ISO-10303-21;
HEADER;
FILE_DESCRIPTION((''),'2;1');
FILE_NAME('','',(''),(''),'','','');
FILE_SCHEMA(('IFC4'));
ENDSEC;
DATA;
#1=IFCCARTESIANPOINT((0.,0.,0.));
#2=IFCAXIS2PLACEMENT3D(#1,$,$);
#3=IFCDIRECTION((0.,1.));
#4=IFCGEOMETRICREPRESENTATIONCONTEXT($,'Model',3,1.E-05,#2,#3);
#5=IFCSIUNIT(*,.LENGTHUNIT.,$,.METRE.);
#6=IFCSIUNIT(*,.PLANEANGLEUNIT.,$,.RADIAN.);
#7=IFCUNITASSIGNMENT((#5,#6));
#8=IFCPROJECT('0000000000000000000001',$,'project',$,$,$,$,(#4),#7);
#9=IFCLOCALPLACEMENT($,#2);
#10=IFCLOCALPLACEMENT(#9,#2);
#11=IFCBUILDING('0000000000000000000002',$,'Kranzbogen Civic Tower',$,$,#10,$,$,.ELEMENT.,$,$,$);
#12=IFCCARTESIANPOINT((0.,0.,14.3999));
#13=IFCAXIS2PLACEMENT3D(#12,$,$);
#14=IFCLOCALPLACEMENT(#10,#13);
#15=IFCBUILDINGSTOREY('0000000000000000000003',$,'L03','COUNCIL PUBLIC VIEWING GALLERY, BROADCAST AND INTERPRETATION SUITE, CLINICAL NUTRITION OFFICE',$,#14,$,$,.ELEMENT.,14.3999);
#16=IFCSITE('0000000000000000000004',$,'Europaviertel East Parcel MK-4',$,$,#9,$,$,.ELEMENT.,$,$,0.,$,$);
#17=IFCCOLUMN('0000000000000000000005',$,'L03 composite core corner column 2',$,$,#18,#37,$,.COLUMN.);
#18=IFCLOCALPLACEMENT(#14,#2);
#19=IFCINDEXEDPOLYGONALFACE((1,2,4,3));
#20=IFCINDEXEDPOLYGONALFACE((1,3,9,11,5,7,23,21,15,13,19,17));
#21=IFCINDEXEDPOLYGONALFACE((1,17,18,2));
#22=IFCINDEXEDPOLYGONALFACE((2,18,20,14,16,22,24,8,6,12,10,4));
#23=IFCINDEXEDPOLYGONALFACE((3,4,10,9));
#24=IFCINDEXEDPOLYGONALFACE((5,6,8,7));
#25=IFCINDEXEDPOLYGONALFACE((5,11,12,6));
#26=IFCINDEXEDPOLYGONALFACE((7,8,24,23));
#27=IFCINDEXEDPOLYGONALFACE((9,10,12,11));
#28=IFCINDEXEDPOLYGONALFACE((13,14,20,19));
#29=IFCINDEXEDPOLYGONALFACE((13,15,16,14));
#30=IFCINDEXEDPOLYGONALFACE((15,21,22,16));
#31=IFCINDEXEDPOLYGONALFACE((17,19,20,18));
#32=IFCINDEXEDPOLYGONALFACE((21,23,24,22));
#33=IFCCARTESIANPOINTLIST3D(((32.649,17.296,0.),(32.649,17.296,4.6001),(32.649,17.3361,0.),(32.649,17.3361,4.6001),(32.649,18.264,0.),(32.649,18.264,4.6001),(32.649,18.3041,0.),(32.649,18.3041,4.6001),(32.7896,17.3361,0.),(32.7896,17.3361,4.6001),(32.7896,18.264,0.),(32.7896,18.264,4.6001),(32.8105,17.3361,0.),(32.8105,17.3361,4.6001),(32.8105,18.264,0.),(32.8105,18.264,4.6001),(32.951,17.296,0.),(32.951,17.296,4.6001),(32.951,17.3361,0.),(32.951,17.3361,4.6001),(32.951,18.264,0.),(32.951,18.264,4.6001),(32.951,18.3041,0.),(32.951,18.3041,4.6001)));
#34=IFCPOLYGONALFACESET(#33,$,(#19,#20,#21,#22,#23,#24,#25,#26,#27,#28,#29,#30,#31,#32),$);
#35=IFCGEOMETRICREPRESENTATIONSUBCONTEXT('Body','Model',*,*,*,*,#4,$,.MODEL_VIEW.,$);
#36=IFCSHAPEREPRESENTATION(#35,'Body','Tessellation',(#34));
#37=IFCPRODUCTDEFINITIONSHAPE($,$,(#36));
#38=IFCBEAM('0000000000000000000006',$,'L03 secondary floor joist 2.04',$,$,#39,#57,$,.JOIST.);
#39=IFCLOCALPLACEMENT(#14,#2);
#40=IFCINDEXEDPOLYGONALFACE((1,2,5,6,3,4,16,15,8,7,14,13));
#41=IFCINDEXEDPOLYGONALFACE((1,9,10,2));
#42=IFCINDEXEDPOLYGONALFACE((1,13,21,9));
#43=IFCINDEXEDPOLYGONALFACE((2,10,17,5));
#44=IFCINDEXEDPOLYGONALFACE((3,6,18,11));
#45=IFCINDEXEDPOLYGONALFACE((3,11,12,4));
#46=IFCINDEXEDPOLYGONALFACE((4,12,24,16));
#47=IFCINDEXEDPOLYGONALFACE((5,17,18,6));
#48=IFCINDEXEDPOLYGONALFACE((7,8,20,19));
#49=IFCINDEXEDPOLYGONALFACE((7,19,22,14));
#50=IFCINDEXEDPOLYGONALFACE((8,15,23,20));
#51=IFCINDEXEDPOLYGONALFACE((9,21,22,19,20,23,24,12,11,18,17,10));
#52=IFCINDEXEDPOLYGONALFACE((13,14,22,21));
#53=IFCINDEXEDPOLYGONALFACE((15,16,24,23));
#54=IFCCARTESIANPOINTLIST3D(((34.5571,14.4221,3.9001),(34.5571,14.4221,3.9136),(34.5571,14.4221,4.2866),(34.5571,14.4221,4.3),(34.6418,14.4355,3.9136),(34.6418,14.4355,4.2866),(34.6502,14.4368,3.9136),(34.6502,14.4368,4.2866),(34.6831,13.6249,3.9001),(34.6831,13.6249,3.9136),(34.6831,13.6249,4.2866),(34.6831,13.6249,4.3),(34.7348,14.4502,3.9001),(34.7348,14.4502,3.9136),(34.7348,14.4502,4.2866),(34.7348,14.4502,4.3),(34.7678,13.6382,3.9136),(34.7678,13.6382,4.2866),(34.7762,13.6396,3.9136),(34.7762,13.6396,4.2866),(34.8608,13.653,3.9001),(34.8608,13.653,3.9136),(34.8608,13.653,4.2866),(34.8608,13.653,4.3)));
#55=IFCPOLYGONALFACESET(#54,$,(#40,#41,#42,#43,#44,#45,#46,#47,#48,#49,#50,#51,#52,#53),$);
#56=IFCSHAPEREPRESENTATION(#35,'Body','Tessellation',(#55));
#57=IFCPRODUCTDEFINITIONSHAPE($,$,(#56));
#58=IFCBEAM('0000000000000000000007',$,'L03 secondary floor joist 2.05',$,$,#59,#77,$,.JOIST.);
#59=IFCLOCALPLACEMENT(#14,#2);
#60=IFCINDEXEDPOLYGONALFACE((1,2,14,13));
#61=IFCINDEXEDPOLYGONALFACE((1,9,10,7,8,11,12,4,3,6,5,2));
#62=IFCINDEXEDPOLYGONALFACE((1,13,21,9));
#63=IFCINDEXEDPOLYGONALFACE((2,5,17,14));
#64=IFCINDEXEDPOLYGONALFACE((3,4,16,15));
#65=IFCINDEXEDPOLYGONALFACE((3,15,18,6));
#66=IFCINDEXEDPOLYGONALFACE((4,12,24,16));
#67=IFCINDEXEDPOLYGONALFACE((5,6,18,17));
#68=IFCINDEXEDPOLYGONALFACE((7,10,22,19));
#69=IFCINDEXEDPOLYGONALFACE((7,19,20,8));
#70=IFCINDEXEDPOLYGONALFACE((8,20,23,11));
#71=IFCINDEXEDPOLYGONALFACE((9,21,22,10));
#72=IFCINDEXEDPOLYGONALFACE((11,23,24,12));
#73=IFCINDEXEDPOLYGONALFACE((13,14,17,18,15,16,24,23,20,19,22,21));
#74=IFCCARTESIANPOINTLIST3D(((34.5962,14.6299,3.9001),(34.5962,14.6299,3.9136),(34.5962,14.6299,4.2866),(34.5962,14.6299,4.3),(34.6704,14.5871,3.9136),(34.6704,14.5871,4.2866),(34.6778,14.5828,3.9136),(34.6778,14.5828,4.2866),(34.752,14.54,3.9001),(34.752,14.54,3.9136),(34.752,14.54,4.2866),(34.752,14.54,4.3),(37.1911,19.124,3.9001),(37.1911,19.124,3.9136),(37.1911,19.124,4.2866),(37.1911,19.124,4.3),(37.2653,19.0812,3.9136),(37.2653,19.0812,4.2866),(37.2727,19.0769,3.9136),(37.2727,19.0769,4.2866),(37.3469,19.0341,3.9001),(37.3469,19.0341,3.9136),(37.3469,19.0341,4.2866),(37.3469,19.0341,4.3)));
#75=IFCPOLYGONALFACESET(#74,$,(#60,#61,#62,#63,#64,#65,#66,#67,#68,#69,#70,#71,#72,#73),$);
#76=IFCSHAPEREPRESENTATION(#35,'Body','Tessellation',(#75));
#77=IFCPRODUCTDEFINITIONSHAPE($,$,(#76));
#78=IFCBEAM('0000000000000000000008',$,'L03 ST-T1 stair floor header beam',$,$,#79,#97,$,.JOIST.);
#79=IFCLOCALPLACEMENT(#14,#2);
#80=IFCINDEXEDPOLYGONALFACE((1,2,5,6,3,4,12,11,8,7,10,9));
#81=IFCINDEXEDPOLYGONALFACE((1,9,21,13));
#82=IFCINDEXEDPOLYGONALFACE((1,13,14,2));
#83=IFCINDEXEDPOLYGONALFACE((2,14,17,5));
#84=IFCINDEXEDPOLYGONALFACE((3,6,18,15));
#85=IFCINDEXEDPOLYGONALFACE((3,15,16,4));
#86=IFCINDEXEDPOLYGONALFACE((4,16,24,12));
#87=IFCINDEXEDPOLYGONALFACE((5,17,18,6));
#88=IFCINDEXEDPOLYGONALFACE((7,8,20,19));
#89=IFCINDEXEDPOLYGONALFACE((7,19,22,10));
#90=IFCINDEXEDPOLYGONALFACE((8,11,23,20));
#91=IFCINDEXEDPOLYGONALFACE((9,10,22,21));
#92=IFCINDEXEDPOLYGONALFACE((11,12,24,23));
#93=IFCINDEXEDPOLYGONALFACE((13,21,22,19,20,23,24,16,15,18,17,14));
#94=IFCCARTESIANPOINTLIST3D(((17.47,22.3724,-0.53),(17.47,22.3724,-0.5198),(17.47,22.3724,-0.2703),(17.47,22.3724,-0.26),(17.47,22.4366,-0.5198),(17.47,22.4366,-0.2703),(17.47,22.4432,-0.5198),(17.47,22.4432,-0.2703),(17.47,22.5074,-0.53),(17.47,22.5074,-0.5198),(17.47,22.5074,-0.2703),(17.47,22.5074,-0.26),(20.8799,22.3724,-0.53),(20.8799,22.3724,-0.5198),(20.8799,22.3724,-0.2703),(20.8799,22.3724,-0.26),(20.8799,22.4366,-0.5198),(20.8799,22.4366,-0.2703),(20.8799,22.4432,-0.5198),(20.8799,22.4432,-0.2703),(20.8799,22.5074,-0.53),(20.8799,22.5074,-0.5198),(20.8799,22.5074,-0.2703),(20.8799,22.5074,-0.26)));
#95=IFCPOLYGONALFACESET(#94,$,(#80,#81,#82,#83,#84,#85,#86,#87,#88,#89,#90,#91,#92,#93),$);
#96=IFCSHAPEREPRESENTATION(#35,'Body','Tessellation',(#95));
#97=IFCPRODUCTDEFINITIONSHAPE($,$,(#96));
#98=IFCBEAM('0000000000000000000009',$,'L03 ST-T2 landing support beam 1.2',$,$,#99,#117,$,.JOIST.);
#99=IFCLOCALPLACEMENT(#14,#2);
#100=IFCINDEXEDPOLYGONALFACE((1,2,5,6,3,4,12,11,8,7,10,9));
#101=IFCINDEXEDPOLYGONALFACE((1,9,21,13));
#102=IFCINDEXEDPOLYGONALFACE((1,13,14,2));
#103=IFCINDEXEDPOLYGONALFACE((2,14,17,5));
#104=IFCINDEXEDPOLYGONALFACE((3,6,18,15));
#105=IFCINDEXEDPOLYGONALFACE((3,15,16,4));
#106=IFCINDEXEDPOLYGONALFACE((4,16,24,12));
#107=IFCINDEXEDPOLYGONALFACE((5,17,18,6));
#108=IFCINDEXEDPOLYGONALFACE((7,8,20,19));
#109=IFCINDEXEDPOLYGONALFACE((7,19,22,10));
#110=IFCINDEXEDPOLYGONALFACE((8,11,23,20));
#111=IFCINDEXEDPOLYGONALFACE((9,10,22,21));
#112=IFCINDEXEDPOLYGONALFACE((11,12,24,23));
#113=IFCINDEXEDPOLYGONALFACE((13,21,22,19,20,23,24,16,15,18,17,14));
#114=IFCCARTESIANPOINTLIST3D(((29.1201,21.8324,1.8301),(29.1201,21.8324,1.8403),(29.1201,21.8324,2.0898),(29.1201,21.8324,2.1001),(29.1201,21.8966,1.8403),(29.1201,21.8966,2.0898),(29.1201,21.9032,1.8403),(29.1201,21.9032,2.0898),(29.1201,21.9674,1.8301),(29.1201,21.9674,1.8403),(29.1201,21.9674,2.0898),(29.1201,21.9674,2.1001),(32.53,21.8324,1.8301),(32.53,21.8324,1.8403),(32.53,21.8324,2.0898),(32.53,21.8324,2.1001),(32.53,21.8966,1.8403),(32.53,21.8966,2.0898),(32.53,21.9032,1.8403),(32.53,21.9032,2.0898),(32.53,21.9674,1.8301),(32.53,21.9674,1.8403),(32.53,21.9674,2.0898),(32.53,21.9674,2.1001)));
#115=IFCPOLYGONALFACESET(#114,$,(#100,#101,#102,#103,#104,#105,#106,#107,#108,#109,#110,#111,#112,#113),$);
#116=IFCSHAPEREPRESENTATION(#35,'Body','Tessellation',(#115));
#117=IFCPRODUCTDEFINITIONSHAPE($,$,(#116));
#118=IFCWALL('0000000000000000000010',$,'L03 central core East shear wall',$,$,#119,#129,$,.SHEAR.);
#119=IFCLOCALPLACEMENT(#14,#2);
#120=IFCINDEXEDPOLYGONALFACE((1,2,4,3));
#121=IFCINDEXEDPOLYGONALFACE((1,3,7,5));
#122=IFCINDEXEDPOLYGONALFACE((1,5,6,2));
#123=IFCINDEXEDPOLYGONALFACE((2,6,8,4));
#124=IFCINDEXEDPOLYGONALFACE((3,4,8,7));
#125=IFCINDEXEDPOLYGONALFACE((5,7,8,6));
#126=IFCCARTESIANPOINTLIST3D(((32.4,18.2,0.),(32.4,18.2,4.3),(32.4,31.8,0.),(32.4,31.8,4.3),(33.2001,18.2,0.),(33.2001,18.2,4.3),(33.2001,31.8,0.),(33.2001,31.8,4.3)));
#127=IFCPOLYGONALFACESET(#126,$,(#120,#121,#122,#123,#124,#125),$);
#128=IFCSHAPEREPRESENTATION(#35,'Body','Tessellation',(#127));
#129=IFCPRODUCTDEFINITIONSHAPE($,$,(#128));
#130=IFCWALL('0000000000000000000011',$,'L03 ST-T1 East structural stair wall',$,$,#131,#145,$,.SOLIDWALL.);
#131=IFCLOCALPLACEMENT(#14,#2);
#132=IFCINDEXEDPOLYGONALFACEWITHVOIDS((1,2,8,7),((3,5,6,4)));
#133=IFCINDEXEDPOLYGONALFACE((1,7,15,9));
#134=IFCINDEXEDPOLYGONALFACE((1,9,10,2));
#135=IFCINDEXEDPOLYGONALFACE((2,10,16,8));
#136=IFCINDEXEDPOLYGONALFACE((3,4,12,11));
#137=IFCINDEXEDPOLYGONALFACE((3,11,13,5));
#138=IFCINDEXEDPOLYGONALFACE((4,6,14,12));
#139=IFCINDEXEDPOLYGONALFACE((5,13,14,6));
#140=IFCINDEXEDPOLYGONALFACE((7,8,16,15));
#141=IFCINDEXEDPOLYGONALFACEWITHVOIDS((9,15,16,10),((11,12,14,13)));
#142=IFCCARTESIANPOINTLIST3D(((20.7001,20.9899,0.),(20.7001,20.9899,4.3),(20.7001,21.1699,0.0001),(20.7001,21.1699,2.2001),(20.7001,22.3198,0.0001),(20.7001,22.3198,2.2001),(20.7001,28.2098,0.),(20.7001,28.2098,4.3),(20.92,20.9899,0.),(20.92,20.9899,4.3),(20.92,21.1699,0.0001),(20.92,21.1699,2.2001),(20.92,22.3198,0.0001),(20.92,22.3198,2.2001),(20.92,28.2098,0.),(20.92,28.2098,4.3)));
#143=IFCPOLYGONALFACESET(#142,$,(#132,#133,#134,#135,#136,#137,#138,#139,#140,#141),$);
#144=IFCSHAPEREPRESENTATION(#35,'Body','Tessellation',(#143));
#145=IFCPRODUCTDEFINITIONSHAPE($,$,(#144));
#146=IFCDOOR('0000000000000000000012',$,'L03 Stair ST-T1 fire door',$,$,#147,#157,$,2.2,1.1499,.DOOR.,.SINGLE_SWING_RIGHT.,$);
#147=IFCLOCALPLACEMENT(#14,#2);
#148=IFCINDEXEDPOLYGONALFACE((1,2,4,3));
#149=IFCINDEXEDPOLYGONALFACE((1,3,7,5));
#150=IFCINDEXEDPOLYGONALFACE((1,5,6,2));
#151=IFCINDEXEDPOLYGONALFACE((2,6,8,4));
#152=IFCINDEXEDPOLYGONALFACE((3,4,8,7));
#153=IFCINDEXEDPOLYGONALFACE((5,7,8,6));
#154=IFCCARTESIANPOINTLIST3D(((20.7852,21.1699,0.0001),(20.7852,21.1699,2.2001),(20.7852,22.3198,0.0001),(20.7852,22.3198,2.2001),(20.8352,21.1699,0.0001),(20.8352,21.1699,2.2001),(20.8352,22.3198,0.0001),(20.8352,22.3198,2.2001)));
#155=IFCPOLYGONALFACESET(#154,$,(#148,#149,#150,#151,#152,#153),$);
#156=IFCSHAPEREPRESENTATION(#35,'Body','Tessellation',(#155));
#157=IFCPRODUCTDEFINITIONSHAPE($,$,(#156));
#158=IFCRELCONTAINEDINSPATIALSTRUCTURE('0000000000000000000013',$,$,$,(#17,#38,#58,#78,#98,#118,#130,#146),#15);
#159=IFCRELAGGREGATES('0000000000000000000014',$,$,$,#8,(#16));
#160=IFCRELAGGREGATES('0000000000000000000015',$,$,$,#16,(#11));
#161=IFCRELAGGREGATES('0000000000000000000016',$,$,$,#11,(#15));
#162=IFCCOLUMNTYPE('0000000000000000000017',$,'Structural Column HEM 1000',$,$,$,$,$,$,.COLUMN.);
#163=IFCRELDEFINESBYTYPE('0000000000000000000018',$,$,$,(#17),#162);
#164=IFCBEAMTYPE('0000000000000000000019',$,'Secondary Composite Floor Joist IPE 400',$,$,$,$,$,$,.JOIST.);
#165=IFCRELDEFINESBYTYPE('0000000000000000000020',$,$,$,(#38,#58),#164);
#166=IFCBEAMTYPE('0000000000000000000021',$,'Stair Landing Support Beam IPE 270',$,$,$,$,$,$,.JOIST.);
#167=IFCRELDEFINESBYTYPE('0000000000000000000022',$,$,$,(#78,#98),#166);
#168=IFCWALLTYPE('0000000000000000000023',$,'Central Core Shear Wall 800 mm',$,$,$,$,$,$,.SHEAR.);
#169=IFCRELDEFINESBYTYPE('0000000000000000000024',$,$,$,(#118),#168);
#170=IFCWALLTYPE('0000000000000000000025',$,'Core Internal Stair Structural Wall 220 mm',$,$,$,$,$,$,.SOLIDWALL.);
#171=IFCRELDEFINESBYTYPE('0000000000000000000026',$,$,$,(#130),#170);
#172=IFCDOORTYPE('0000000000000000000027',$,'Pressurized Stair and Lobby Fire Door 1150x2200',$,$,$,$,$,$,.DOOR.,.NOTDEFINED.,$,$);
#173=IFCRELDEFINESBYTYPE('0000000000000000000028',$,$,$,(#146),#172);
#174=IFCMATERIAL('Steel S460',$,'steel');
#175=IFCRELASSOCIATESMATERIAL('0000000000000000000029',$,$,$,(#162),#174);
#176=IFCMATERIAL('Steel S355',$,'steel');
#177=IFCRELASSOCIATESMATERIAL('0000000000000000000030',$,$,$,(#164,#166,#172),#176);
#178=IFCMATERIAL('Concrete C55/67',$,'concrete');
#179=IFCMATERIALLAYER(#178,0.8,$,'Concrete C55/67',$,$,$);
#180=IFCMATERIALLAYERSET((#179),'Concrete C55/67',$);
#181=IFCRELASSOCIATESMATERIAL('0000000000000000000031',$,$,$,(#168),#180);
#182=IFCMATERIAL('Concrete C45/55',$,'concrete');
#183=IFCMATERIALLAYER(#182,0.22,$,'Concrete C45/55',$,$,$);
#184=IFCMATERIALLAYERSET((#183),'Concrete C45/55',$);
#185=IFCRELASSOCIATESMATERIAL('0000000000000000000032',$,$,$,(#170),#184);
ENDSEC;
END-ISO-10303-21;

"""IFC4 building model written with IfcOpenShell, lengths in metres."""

from ifc_helpers import new_model, si_unit, direction, frame, frame_2d, origin, origin_2d, place, context, subcontext, project, spatial, rectangle, i_section, extrude, material, layer, layer_set, material_profile, profile_set, type_object, element, fill, save


model = new_model("IFC4")

# Units and contexts
model_context = context("Model", 3, precision=1e-05, world=origin(), true_north=direction((0.0, 1.0)))
body_context = subcontext(model_context, "Body", "Model", "MODEL_VIEW")
ifc_project = project(units=[si_unit("LENGTHUNIT", "METRE"), si_unit("PLANEANGLEUNIT", "RADIAN")], contexts=[model_context])

# Site, building, storey
site_placement = place(None, origin())
site = spatial("IfcSite", under=ifc_project, at=site_placement, Name="Europaviertel East Parcel MK-4", CompositionType="ELEMENT", RefElevation=0.0)
building_placement = place(site_placement, origin())
building = spatial("IfcBuilding", under=site, at=building_placement, Name="Kranzbogen Civic Tower", CompositionType="ELEMENT")
storey_placement = place(building_placement, frame((0.0, 0.0, 14.3999)))
storey = spatial("IfcBuildingStorey", under=building, at=storey_placement, Name="L03", Description="COUNCIL PUBLIC VIEWING GALLERY, BROADCAST AND INTERPRETATION SUITE, CLINICAL NUTRITION OFFICE", CompositionType="ELEMENT", Elevation=14.3999)

# Column
ifc_material_1 = material(Name="Steel S460", Category="steel")
ifc_material_profile_1 = material_profile(ifc_material_1, i_section(OverallWidth=0.302, OverallDepth=1.0081, WebThickness=0.021, FlangeThickness=0.04, at=origin_2d()), Name="HEM 1000")
ifc_profile_set_1 = profile_set([ifc_material_profile_1], Name="Steel S460")
column_type = type_object("IfcColumnType", Name="Structural Column HEM 1000", PredefinedType="COLUMN", material=ifc_profile_set_1)
column_placement = place(storey_placement, frame((32.8, 17.8, 0.0), z_axis=(0.0, 0.0, 1.0), x_axis=(1.0, 0.0, 0.0)))
element("IfcColumn", 1, at=column_placement, inside=storey, type_object=column_type, Name="L03 composite core corner column 2", PredefinedType="COLUMN", context=body_context, shape_type="SweptSolid", body=[
    extrude(i_section(OverallWidth=0.302, OverallDepth=1.0081, WebThickness=0.021, FlangeThickness=0.04, at=origin_2d()), origin(), (0.0, 0.0, 1.0), 4.6001),
])

# Beams
ifc_material_2 = material(Name="Steel S355", Category="steel")
ifc_material_profile_2 = material_profile(ifc_material_2, i_section(OverallWidth=0.1799, OverallDepth=0.3999, WebThickness=0.0085, FlangeThickness=0.0134, at=origin_2d()), Name="IPE 400")
ifc_profile_set_2 = profile_set([ifc_material_profile_2], Name="Steel S355")
beam_type_1 = type_object("IfcBeamType", Name="Secondary Composite Floor Joist IPE 400", PredefinedType="JOIST", material=ifc_profile_set_2)
beam_1_placement = place(storey_placement, frame((34.772, 13.6389, 4.1001), z_axis=(-0.156102, 0.987741, 0.0), x_axis=(-0.987741, -0.156102, 0.0)))
element("IfcBeam", 2, at=beam_1_placement, inside=storey, type_object=beam_type_1, Name="L03 secondary floor joist 2.04", PredefinedType="JOIST", context=body_context, shape_type="SweptSolid", body=[
    extrude(i_section(OverallWidth=0.1799, OverallDepth=0.3999, WebThickness=0.0085, FlangeThickness=0.0134, at=origin_2d()), origin(), (0.0, 0.0, 1.0), 0.8071),
])
beam_2_placement = place(storey_placement, frame((34.6741, 14.585, 4.1001), z_axis=(0.50004, 0.866002, 0.0), x_axis=(-0.866002, 0.50004, 0.0)))
element("IfcBeam", 3, at=beam_2_placement, inside=storey, type_object=beam_type_1, Name="L03 secondary floor joist 2.05", PredefinedType="JOIST", context=body_context, shape_type="SweptSolid", body=[
    extrude(i_section(OverallWidth=0.1799, OverallDepth=0.3999, WebThickness=0.0085, FlangeThickness=0.0134, at=origin_2d()), origin(), (0.0, 0.0, 1.0), 5.1895),
])
ifc_material_profile_3 = material_profile(ifc_material_2, i_section(OverallWidth=0.135, OverallDepth=0.27, WebThickness=0.0066, FlangeThickness=0.0103, at=origin_2d()), Name="IPE 270")
ifc_profile_set_3 = profile_set([ifc_material_profile_3], Name="Steel S355")
beam_type_2 = type_object("IfcBeamType", Name="Stair Landing Support Beam IPE 270", PredefinedType="JOIST", material=ifc_profile_set_3)
for number, where, z_axis, x_axis, name in (
    (4, (20.8799, 22.4399, -0.395), (-1.0, 0.0, 0.0), (0.0, -1.0, 0.0), "L03 ST-T1 stair floor header beam"),
    (5, (29.1201, 21.8999, 1.9651), (1.0, 0.0, 0.0), (0.0, 1.0, 0.0), "L03 ST-T2 landing support beam 1.2"),
):
    element("IfcBeam", number, at=place(storey_placement, frame(where, z_axis=z_axis, x_axis=x_axis)), inside=storey, type_object=beam_type_2, Name=name, PredefinedType="JOIST", context=body_context, shape_type="SweptSolid", body=[
        extrude(i_section(OverallWidth=0.135, OverallDepth=0.27, WebThickness=0.0066, FlangeThickness=0.0103, at=origin_2d()), origin(), (0.0, 0.0, 1.0), 3.4099),
    ])

# Wall
ifc_material_3 = material(Name="Concrete C55/67", Category="concrete")
ifc_layer_1 = layer(ifc_material_3, 0.8, Name="Concrete C55/67")
ifc_layer_set_1 = layer_set([ifc_layer_1], Name="Concrete C55/67")
wall_type_1 = type_object("IfcWallType", Name="Central Core Shear Wall 800 mm", PredefinedType="SHEAR", material=ifc_layer_set_1)
wall_1_placement = place(storey_placement, frame((32.8, 18.2, 0.0), z_axis=(0.0, 0.0, 1.0), x_axis=(0.0, 1.0, 0.0)))
element("IfcWall", 6, at=wall_1_placement, inside=storey, type_object=wall_type_1, Name="L03 central core East shear wall", PredefinedType="SHEAR", context=body_context, shape_type="SweptSolid", body=[
    extrude(rectangle(XDim=13.6001, YDim=0.8, at=frame_2d((6.8, 0.0))), origin(), (0.0, 0.0, 1.0), 4.3),
])

# Wall, opening, door
ifc_material_4 = material(Name="Concrete C45/55", Category="concrete")
ifc_layer_2 = layer(ifc_material_4, 0.22, Name="Concrete C45/55")
ifc_layer_set_2 = layer_set([ifc_layer_2], Name="Concrete C45/55")
wall_type_2 = type_object("IfcWallType", Name="Core Internal Stair Structural Wall 220 mm", PredefinedType="SOLIDWALL", material=ifc_layer_set_2)
wall_2_placement = place(storey_placement, frame((20.8101, 20.99, 0.0), z_axis=(0.0, 0.0, 1.0), x_axis=(0.0, 1.0, 0.0)))
wall_2 = element("IfcWall", 7, at=wall_2_placement, inside=storey, type_object=wall_type_2, Name="L03 ST-T1 East structural stair wall", PredefinedType="SOLIDWALL", context=body_context, shape_type="SweptSolid", body=[
    extrude(rectangle(XDim=7.22, YDim=0.22, at=frame_2d((3.6099, 0.0))), origin(), (0.0, 0.0, 1.0), 4.3),
])
opening_1_placement = place(wall_2_placement, frame((0.1799, 0.0, 0.0)))
opening_1 = element("IfcOpeningElement", 8, at=opening_1_placement, cuts=wall_2, PredefinedType="OPENING", context=body_context, shape_type="SweptSolid", body=[
    extrude(rectangle(XDim=1.1499, YDim=2.2, at=frame_2d((0.575, 1.1001))), frame((0.0, 0.1201, 0.0), z_axis=(0.0, -1.0, 0.0), x_axis=(1.0, 0.0, 0.0)), (0.0, 0.0, 1.0), 0.24),
])
door_type_1 = type_object("IfcDoorType", Name="Pressurized Stair and Lobby Fire Door 1150x2200", OperationType="NOTDEFINED", PredefinedType="DOOR", material=ifc_material_2)
door_1_placement = place(opening_1_placement, origin())
door_1 = element("IfcDoor", 9, at=door_1_placement, inside=storey, type_object=door_type_1, Name="L03 Stair ST-T1 fire door", OperationType="SINGLE_SWING_RIGHT", OverallHeight=2.2, OverallWidth=1.1499, PredefinedType="DOOR", context=body_context, shape_type="SweptSolid", body=[
    extrude(rectangle(XDim=1.1499, YDim=2.2, at=frame_2d((0.575, 1.1001))), frame((0.0, 0.0249, 0.0), z_axis=(0.0, -1.0, 0.0), x_axis=(1.0, 0.0, 0.0)), (0.0, 0.0, 1.0), 0.05),
])
fill(opening_1, door_1)

save(model, "model.ifc")
